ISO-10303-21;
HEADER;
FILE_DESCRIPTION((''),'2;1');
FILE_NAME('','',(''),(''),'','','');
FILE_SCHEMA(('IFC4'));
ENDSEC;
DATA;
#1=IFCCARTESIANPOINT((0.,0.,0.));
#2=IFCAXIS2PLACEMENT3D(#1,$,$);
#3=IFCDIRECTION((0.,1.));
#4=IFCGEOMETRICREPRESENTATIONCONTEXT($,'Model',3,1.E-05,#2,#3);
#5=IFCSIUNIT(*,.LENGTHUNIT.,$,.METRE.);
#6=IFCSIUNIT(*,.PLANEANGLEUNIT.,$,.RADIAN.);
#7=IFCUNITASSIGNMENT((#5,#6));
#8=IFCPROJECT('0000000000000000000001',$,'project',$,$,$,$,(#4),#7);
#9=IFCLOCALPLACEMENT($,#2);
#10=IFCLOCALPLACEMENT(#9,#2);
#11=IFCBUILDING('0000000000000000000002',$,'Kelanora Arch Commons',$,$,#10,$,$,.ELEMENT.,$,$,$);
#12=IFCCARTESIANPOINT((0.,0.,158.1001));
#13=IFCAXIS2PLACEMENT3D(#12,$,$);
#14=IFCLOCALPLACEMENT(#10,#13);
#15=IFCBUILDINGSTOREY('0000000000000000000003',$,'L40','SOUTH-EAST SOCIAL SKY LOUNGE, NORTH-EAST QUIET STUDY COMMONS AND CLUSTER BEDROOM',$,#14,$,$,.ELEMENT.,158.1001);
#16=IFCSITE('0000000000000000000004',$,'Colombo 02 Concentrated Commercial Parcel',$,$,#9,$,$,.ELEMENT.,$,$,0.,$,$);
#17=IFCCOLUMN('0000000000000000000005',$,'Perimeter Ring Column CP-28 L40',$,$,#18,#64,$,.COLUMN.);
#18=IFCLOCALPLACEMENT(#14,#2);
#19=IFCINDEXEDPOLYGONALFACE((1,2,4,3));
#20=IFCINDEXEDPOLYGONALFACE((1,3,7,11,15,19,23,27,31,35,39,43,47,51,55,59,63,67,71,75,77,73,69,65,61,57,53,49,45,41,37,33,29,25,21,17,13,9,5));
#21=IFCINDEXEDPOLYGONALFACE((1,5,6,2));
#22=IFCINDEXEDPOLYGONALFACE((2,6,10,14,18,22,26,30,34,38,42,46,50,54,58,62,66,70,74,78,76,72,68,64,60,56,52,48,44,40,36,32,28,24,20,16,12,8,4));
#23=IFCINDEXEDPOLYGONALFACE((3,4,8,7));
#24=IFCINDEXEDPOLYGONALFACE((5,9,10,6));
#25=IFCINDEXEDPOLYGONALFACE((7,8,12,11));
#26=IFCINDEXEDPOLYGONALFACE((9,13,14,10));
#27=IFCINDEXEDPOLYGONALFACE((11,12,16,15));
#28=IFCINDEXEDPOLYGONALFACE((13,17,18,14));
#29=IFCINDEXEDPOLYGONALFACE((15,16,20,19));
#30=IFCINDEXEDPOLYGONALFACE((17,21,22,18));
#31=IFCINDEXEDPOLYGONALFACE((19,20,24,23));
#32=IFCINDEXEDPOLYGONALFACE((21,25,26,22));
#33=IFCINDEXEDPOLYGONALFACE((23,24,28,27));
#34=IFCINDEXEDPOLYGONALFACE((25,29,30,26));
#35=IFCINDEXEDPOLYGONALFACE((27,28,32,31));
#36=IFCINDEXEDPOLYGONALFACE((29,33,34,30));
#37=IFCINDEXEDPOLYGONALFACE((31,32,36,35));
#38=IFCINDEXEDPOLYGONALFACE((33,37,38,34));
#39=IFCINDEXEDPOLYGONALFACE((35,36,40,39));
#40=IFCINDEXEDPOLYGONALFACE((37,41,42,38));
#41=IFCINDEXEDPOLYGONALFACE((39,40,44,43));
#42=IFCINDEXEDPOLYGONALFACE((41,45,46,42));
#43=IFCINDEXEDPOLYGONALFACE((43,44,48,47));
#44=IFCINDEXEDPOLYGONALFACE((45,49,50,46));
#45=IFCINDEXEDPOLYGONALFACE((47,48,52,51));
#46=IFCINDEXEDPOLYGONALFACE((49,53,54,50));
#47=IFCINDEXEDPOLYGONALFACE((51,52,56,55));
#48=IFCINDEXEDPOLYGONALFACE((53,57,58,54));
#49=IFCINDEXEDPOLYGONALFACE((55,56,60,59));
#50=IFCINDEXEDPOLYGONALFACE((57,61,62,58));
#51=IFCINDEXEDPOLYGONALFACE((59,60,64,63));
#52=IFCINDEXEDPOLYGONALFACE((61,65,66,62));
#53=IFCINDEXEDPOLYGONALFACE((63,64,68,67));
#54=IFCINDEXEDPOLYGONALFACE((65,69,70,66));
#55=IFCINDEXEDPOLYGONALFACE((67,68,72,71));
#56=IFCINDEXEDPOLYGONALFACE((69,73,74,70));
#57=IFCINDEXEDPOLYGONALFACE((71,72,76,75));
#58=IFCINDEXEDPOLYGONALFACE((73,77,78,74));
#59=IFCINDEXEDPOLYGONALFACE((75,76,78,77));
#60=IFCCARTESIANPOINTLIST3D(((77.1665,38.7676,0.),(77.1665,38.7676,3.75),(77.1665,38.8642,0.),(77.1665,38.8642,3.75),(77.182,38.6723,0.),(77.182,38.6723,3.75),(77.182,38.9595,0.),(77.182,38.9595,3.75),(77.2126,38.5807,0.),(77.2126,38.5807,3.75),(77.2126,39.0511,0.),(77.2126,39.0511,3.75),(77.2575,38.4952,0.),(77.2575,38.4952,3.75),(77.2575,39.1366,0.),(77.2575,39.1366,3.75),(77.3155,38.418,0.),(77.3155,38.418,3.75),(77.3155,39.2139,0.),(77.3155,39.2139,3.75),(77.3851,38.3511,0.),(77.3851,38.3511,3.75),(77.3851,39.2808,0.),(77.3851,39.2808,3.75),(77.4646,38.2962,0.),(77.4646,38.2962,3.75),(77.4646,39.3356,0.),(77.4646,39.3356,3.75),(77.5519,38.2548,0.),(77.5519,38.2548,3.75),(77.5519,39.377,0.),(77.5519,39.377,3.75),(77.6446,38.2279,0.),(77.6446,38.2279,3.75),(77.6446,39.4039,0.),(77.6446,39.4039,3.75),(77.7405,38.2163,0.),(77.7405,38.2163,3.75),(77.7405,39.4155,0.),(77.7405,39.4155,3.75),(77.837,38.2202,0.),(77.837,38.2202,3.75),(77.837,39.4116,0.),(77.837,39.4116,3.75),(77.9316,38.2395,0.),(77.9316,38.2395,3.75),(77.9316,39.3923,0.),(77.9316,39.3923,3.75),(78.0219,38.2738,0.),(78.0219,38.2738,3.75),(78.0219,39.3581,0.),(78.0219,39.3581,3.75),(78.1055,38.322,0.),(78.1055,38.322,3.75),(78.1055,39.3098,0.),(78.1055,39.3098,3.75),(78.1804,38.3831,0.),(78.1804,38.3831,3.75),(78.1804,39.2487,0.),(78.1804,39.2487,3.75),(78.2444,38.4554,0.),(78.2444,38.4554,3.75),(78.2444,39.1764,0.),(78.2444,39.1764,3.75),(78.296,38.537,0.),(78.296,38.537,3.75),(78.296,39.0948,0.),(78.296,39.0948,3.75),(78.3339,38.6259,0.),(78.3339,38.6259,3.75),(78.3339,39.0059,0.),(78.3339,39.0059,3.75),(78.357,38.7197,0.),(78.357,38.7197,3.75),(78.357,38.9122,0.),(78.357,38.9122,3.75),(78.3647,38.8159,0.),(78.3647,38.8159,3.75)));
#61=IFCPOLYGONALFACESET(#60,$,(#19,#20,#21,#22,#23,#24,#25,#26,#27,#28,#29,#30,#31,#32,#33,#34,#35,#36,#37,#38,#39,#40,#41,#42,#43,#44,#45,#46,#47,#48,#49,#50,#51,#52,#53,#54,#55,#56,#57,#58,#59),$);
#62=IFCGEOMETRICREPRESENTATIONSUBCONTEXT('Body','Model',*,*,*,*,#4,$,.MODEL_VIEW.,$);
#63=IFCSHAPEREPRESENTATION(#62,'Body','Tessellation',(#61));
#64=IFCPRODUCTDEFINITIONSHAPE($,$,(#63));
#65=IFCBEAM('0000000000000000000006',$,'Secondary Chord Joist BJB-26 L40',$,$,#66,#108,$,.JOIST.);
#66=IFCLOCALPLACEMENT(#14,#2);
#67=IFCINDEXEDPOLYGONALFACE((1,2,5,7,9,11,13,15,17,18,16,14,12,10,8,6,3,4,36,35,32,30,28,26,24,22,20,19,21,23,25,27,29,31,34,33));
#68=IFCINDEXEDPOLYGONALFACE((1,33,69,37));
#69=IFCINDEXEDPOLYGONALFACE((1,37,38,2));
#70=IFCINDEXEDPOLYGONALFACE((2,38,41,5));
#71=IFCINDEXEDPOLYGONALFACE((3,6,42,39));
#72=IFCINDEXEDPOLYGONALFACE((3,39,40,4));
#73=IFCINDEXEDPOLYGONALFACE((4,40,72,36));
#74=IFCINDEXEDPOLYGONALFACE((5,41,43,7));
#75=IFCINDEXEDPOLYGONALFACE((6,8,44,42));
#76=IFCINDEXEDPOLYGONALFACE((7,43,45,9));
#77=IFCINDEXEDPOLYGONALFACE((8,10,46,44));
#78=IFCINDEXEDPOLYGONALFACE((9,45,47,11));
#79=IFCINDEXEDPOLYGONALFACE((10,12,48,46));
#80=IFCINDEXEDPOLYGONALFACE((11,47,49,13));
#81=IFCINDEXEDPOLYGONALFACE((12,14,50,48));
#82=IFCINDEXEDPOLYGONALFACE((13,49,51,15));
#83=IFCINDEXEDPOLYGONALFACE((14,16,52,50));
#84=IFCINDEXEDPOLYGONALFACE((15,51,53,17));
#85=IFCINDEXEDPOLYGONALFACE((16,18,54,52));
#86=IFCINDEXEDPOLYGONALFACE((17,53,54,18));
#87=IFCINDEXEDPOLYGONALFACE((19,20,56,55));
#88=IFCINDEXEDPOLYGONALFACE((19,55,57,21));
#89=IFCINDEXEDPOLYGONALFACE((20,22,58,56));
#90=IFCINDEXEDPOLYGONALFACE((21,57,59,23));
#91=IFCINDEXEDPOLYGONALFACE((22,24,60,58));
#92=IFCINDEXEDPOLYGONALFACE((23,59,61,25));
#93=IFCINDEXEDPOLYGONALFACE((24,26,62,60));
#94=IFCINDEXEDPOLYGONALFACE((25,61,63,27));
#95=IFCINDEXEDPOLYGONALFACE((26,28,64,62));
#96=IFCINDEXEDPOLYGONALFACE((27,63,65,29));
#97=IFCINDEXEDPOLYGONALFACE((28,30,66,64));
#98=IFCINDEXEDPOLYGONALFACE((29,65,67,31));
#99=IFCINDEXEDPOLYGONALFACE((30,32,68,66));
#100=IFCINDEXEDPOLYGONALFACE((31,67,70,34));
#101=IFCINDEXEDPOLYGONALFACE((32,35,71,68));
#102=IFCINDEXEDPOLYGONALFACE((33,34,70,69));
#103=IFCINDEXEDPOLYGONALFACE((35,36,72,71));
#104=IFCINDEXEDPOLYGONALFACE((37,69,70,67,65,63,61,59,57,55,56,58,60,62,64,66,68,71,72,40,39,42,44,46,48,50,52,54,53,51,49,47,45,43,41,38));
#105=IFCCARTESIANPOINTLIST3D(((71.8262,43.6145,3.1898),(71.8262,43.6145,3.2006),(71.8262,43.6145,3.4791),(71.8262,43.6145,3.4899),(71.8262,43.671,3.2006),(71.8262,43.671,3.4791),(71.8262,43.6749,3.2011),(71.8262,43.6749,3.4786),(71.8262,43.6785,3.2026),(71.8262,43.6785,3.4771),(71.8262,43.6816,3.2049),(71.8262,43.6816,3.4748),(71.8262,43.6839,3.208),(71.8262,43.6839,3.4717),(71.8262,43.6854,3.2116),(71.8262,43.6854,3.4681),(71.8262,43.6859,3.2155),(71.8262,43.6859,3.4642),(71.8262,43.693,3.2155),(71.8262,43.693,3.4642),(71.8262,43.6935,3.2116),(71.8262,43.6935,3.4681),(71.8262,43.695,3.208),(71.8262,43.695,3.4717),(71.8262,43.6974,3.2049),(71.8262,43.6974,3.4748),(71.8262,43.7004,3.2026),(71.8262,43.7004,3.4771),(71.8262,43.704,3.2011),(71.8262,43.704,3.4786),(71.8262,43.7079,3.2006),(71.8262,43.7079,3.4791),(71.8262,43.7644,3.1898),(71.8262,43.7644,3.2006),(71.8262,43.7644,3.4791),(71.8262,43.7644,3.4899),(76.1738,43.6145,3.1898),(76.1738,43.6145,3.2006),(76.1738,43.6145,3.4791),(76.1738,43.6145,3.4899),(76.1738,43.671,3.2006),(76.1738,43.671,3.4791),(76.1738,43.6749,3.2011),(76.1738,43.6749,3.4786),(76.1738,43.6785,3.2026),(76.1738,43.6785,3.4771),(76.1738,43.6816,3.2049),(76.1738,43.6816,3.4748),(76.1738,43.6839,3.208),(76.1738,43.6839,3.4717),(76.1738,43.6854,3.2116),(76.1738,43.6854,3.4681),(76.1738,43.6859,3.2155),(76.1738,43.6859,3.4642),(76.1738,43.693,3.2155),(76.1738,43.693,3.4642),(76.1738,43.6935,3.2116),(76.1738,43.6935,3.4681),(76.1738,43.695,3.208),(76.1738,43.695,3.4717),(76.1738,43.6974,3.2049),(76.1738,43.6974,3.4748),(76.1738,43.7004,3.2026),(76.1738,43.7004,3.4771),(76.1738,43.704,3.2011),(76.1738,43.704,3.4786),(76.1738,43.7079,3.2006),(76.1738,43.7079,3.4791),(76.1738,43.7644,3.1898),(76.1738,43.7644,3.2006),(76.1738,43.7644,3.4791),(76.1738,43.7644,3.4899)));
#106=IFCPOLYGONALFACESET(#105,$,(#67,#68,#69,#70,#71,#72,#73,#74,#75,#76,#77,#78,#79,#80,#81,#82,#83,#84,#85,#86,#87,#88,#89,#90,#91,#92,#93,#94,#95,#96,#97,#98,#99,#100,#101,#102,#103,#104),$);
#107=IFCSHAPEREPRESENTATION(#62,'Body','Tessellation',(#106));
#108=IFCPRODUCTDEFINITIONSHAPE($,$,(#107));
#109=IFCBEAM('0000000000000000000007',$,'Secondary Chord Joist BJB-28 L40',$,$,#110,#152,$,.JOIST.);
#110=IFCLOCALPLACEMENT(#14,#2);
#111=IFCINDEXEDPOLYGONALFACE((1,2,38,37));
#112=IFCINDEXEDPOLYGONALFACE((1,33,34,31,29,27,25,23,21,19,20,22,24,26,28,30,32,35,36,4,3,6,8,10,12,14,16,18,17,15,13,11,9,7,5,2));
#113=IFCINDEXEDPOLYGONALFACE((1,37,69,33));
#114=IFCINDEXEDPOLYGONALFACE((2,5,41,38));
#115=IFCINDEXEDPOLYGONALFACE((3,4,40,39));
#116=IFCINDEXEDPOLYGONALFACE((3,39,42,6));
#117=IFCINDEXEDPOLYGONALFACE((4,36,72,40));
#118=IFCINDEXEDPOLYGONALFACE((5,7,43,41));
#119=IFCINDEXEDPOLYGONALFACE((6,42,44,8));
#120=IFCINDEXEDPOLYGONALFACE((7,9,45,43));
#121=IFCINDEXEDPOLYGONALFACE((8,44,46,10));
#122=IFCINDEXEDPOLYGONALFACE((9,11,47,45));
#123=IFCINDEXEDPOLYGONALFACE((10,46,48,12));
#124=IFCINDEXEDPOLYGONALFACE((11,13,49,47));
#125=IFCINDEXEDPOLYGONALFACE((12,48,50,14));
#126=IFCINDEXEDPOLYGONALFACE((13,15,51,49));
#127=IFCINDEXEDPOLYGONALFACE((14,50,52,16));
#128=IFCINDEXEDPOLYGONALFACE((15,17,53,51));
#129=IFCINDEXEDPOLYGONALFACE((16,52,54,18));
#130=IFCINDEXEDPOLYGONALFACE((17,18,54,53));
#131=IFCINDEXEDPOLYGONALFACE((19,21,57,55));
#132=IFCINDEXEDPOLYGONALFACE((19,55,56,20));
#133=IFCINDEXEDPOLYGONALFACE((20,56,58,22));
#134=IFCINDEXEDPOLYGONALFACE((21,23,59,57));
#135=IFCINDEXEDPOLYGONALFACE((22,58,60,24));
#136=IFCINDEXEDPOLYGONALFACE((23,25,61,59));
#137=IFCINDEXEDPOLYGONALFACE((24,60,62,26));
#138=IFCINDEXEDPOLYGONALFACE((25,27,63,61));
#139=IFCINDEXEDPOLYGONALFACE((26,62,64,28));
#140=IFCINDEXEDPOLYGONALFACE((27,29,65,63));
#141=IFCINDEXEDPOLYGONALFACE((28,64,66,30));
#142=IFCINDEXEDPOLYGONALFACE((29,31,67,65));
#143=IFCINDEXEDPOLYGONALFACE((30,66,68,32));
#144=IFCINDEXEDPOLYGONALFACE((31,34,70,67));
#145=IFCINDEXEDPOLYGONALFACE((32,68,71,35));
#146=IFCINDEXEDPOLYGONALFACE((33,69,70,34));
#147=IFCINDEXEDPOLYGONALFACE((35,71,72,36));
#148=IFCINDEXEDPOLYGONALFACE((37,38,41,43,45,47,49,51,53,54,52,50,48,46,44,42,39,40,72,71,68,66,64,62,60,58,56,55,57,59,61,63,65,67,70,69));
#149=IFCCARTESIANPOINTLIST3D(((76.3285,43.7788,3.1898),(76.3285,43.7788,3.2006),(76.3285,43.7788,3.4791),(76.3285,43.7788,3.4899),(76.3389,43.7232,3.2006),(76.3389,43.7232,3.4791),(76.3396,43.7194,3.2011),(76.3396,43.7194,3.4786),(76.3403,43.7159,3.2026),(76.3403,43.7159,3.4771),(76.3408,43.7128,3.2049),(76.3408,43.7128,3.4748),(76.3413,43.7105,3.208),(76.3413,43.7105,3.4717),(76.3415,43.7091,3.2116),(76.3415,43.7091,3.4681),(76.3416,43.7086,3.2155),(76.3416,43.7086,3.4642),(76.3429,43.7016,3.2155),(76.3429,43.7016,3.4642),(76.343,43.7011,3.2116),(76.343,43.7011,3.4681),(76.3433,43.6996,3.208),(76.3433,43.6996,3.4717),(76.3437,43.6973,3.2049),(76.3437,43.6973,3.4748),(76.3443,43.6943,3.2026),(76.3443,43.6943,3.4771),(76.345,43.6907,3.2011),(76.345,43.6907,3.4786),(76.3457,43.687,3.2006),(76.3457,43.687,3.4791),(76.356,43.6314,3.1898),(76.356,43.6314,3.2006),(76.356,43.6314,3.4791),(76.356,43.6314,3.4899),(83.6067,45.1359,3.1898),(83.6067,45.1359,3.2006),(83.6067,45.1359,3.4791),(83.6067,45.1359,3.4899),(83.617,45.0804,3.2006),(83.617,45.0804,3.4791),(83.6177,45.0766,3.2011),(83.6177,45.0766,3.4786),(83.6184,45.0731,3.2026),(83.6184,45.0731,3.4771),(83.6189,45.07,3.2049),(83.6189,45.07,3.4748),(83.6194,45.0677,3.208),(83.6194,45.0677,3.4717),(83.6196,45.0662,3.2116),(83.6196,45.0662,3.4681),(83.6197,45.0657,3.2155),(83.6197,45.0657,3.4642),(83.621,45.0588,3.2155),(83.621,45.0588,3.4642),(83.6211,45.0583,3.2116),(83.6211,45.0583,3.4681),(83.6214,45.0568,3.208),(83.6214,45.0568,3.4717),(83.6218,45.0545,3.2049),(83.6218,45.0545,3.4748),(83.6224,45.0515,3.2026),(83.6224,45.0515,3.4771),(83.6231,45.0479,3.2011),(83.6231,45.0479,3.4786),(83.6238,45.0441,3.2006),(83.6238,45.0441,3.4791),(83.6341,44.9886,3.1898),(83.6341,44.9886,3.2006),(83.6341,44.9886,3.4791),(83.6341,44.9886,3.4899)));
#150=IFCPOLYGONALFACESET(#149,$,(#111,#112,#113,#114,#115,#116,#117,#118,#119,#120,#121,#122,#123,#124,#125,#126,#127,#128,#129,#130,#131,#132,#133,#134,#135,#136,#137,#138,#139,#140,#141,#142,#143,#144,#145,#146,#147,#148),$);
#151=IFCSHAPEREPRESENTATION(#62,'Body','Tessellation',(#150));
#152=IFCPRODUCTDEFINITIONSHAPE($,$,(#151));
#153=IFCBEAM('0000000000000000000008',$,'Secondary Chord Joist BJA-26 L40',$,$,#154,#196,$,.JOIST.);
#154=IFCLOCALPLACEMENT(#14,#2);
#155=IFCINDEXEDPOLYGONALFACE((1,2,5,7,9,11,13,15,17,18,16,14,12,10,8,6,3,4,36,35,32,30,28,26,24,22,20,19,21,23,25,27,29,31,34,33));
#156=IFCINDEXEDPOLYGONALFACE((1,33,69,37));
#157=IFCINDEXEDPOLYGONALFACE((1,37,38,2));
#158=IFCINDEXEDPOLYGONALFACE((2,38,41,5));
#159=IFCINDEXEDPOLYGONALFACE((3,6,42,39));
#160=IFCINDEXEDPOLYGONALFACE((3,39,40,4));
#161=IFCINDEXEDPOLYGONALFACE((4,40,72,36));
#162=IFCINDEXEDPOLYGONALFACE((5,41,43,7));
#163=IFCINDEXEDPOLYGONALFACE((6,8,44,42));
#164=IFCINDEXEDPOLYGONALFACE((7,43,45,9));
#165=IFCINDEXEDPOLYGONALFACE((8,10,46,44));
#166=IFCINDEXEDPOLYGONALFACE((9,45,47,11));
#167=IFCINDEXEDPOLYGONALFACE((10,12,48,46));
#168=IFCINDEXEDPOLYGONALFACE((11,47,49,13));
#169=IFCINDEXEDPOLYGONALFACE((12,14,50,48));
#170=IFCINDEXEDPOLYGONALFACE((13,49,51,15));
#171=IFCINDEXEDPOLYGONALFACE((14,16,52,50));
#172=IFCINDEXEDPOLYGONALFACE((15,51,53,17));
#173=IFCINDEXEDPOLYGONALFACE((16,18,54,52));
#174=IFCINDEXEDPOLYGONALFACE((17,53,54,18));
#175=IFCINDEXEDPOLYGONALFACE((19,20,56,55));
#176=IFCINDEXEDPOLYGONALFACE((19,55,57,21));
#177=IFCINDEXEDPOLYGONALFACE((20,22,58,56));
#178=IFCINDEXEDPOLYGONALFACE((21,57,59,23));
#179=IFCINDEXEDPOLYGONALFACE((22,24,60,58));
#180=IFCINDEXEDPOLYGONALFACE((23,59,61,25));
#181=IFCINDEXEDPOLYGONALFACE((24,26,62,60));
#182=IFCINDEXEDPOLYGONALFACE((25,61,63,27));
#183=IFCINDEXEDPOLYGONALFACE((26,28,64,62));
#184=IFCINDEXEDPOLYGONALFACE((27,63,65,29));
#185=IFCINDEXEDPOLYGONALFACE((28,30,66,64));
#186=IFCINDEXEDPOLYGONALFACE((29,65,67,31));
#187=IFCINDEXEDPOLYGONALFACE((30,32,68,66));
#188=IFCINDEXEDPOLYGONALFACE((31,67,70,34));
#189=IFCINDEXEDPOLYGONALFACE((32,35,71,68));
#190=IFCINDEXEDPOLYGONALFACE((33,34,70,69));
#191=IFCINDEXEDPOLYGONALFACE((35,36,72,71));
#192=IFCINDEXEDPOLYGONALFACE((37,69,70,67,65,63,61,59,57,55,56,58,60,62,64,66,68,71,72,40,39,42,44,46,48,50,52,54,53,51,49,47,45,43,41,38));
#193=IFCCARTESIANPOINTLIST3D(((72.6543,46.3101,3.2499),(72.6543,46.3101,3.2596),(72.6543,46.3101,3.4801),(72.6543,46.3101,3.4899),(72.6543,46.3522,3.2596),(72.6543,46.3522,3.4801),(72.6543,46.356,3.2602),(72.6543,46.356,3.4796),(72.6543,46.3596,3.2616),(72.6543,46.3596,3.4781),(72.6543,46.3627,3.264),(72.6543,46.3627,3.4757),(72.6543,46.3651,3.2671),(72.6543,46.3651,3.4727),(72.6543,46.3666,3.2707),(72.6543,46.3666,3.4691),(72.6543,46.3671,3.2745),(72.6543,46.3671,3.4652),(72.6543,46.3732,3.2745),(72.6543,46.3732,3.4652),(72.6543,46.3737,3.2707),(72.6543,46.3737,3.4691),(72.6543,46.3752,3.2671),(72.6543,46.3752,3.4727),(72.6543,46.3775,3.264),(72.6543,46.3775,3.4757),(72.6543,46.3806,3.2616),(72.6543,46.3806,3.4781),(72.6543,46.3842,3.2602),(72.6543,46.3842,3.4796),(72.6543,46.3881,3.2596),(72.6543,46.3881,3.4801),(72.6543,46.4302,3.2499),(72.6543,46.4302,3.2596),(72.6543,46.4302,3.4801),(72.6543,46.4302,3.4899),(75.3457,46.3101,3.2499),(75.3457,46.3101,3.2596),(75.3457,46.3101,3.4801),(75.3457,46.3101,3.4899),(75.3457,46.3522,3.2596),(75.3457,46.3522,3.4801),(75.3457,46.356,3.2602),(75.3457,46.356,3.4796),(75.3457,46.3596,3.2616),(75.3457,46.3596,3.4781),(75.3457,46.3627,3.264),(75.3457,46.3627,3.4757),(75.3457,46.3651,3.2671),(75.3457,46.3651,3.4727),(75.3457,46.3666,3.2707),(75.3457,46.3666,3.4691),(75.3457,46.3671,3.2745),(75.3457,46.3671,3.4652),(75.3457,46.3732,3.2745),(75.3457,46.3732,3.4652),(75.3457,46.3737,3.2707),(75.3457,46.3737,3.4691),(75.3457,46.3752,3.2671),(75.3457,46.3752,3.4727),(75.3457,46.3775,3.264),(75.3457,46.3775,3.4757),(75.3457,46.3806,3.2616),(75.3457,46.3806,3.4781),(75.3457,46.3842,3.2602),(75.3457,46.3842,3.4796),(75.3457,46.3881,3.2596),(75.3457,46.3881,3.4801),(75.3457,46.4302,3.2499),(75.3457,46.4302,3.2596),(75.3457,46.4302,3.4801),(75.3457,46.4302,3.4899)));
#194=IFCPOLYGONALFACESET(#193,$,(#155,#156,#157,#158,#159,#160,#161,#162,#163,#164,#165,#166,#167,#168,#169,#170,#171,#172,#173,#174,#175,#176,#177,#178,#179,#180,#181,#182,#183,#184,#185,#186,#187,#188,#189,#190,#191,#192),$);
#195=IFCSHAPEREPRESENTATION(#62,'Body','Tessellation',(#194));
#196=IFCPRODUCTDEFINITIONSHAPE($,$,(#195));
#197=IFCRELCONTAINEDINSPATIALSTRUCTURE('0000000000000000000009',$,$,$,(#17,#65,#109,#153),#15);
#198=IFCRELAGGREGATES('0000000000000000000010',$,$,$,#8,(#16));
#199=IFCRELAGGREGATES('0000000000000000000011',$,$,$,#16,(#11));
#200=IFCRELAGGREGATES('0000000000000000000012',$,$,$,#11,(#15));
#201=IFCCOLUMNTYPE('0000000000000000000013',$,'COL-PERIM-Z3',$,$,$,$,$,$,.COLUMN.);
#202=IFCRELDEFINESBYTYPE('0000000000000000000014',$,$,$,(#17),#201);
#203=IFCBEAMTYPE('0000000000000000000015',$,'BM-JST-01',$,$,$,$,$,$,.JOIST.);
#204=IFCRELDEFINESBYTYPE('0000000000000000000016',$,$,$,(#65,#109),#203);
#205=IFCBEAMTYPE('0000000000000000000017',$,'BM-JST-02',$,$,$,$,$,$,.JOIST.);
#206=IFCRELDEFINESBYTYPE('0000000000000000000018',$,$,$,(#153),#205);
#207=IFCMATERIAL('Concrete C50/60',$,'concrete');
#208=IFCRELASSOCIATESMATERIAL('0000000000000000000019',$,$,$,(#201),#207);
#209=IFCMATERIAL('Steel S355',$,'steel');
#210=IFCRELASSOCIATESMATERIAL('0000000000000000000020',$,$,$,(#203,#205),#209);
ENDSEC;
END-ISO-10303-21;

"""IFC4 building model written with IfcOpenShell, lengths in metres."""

from ifc_helpers import new_model, si_unit, direction, frame, origin, origin_2d, place, context, subcontext, project, spatial, circle, i_section, extrude, material, material_profile, profile_set, type_object, element, save


model = new_model("IFC4")

# Units and contexts
model_context = context("Model", 3, precision=1e-05, world=origin(), true_north=direction((0.0, 1.0)))
body_context = subcontext(model_context, "Body", "Model", "MODEL_VIEW")
ifc_project = project(units=[si_unit("LENGTHUNIT", "METRE"), si_unit("PLANEANGLEUNIT", "RADIAN")], contexts=[model_context])

# Site, building, storey
site_placement = place(None, origin())
site = spatial("IfcSite", under=ifc_project, at=site_placement, Name="Colombo 02 Concentrated Commercial Parcel", CompositionType="ELEMENT", RefElevation=0.0)
building_placement = place(site_placement, origin())
building = spatial("IfcBuilding", under=site, at=building_placement, Name="Kelanora Arch Commons", CompositionType="ELEMENT")
storey_placement = place(building_placement, frame((0.0, 0.0, 158.1001)))
storey = spatial("IfcBuildingStorey", under=building, at=storey_placement, Name="L40", Description="SOUTH-EAST SOCIAL SKY LOUNGE, NORTH-EAST QUIET STUDY COMMONS AND CLUSTER BEDROOM", CompositionType="ELEMENT", Elevation=158.1001)

# Column
ifc_material_1 = material(Name="Concrete C50/60", Category="concrete")
ifc_material_profile_1 = material_profile(ifc_material_1, circle(Radius=0.6001, at=origin_2d()), Name="RCC1200")
ifc_profile_set_1 = profile_set([ifc_material_profile_1], Name="Concrete C50/60")
column_type = type_object("IfcColumnType", Name="COL-PERIM-Z3", PredefinedType="COLUMN", material=ifc_profile_set_1)
column_placement = place(storey_placement, frame((77.7646, 38.8159, 0.0), z_axis=(0.0, 0.0, 1.0), x_axis=(1.0, 0.0, 0.0)))
element("IfcColumn", 1, at=column_placement, inside=storey, type_object=column_type, Name="Perimeter Ring Column CP-28 L40", PredefinedType="COLUMN", context=body_context, shape_type="SweptSolid", body=[
    extrude(circle(Radius=0.6001, at=origin_2d()), origin(), (0.0, 0.0, 1.0), 3.75),
])

# Beams
ifc_material_2 = material(Name="Steel S355", Category="steel")
ifc_material_profile_2 = material_profile(ifc_material_2, i_section(OverallWidth=0.1499, OverallDepth=0.3, WebThickness=0.0071, FlangeThickness=0.0107, FilletRadius=0.0149, at=origin_2d()), Name="IPE300")
ifc_profile_set_2 = profile_set([ifc_material_profile_2], Name="Steel S355")
beam_type_1 = type_object("IfcBeamType", Name="BM-JST-01", PredefinedType="JOIST", material=ifc_profile_set_2)
beam_1_placement = place(storey_placement, frame((71.8262, 43.6895, 3.3398), z_axis=(1.0, 0.0, 0.0), x_axis=(0.0, 1.0, 0.0)))
element("IfcBeam", 2, at=beam_1_placement, inside=storey, type_object=beam_type_1, Name="Secondary Chord Joist BJB-26 L40", PredefinedType="JOIST", context=body_context, shape_type="SweptSolid", body=[
    extrude(i_section(OverallWidth=0.1499, OverallDepth=0.3, WebThickness=0.0071, FlangeThickness=0.0107, FilletRadius=0.0149, at=origin_2d()), origin(), (0.0, 0.0, 1.0), 4.3477),
])
beam_2_placement = place(storey_placement, frame((76.3423, 43.7051, 3.3398), z_axis=(0.983054, 0.183315, 0.0), x_axis=(-0.183315, 0.983054, 0.0)))
element("IfcBeam", 3, at=beam_2_placement, inside=storey, type_object=beam_type_1, Name="Secondary Chord Joist BJB-28 L40", PredefinedType="JOIST", context=body_context, shape_type="SweptSolid", body=[
    extrude(i_section(OverallWidth=0.1499, OverallDepth=0.3, WebThickness=0.0071, FlangeThickness=0.0107, FilletRadius=0.0149, at=origin_2d()), origin(), (0.0, 0.0, 1.0), 7.4036),
])
ifc_material_profile_3 = material_profile(ifc_material_2, i_section(OverallWidth=0.1201, OverallDepth=0.24, WebThickness=0.0061, FlangeThickness=0.0098, FilletRadius=0.0149, at=origin_2d()), Name="IPE240")
ifc_profile_set_3 = profile_set([ifc_material_profile_3], Name="Steel S355")
beam_type_2 = type_object("IfcBeamType", Name="BM-JST-02", PredefinedType="JOIST", material=ifc_profile_set_3)
beam_3_placement = place(storey_placement, frame((72.6543, 46.3701, 3.3699), z_axis=(1.0, 0.0, 0.0), x_axis=(0.0, 1.0, 0.0)))
element("IfcBeam", 4, at=beam_3_placement, inside=storey, type_object=beam_type_2, Name="Secondary Chord Joist BJA-26 L40", PredefinedType="JOIST", context=body_context, shape_type="SweptSolid", body=[
    extrude(i_section(OverallWidth=0.1201, OverallDepth=0.24, WebThickness=0.0061, FlangeThickness=0.0098, FilletRadius=0.0149, at=origin_2d()), origin(), (0.0, 0.0, 1.0), 2.6914),
])

save(model, "model.ifc")
